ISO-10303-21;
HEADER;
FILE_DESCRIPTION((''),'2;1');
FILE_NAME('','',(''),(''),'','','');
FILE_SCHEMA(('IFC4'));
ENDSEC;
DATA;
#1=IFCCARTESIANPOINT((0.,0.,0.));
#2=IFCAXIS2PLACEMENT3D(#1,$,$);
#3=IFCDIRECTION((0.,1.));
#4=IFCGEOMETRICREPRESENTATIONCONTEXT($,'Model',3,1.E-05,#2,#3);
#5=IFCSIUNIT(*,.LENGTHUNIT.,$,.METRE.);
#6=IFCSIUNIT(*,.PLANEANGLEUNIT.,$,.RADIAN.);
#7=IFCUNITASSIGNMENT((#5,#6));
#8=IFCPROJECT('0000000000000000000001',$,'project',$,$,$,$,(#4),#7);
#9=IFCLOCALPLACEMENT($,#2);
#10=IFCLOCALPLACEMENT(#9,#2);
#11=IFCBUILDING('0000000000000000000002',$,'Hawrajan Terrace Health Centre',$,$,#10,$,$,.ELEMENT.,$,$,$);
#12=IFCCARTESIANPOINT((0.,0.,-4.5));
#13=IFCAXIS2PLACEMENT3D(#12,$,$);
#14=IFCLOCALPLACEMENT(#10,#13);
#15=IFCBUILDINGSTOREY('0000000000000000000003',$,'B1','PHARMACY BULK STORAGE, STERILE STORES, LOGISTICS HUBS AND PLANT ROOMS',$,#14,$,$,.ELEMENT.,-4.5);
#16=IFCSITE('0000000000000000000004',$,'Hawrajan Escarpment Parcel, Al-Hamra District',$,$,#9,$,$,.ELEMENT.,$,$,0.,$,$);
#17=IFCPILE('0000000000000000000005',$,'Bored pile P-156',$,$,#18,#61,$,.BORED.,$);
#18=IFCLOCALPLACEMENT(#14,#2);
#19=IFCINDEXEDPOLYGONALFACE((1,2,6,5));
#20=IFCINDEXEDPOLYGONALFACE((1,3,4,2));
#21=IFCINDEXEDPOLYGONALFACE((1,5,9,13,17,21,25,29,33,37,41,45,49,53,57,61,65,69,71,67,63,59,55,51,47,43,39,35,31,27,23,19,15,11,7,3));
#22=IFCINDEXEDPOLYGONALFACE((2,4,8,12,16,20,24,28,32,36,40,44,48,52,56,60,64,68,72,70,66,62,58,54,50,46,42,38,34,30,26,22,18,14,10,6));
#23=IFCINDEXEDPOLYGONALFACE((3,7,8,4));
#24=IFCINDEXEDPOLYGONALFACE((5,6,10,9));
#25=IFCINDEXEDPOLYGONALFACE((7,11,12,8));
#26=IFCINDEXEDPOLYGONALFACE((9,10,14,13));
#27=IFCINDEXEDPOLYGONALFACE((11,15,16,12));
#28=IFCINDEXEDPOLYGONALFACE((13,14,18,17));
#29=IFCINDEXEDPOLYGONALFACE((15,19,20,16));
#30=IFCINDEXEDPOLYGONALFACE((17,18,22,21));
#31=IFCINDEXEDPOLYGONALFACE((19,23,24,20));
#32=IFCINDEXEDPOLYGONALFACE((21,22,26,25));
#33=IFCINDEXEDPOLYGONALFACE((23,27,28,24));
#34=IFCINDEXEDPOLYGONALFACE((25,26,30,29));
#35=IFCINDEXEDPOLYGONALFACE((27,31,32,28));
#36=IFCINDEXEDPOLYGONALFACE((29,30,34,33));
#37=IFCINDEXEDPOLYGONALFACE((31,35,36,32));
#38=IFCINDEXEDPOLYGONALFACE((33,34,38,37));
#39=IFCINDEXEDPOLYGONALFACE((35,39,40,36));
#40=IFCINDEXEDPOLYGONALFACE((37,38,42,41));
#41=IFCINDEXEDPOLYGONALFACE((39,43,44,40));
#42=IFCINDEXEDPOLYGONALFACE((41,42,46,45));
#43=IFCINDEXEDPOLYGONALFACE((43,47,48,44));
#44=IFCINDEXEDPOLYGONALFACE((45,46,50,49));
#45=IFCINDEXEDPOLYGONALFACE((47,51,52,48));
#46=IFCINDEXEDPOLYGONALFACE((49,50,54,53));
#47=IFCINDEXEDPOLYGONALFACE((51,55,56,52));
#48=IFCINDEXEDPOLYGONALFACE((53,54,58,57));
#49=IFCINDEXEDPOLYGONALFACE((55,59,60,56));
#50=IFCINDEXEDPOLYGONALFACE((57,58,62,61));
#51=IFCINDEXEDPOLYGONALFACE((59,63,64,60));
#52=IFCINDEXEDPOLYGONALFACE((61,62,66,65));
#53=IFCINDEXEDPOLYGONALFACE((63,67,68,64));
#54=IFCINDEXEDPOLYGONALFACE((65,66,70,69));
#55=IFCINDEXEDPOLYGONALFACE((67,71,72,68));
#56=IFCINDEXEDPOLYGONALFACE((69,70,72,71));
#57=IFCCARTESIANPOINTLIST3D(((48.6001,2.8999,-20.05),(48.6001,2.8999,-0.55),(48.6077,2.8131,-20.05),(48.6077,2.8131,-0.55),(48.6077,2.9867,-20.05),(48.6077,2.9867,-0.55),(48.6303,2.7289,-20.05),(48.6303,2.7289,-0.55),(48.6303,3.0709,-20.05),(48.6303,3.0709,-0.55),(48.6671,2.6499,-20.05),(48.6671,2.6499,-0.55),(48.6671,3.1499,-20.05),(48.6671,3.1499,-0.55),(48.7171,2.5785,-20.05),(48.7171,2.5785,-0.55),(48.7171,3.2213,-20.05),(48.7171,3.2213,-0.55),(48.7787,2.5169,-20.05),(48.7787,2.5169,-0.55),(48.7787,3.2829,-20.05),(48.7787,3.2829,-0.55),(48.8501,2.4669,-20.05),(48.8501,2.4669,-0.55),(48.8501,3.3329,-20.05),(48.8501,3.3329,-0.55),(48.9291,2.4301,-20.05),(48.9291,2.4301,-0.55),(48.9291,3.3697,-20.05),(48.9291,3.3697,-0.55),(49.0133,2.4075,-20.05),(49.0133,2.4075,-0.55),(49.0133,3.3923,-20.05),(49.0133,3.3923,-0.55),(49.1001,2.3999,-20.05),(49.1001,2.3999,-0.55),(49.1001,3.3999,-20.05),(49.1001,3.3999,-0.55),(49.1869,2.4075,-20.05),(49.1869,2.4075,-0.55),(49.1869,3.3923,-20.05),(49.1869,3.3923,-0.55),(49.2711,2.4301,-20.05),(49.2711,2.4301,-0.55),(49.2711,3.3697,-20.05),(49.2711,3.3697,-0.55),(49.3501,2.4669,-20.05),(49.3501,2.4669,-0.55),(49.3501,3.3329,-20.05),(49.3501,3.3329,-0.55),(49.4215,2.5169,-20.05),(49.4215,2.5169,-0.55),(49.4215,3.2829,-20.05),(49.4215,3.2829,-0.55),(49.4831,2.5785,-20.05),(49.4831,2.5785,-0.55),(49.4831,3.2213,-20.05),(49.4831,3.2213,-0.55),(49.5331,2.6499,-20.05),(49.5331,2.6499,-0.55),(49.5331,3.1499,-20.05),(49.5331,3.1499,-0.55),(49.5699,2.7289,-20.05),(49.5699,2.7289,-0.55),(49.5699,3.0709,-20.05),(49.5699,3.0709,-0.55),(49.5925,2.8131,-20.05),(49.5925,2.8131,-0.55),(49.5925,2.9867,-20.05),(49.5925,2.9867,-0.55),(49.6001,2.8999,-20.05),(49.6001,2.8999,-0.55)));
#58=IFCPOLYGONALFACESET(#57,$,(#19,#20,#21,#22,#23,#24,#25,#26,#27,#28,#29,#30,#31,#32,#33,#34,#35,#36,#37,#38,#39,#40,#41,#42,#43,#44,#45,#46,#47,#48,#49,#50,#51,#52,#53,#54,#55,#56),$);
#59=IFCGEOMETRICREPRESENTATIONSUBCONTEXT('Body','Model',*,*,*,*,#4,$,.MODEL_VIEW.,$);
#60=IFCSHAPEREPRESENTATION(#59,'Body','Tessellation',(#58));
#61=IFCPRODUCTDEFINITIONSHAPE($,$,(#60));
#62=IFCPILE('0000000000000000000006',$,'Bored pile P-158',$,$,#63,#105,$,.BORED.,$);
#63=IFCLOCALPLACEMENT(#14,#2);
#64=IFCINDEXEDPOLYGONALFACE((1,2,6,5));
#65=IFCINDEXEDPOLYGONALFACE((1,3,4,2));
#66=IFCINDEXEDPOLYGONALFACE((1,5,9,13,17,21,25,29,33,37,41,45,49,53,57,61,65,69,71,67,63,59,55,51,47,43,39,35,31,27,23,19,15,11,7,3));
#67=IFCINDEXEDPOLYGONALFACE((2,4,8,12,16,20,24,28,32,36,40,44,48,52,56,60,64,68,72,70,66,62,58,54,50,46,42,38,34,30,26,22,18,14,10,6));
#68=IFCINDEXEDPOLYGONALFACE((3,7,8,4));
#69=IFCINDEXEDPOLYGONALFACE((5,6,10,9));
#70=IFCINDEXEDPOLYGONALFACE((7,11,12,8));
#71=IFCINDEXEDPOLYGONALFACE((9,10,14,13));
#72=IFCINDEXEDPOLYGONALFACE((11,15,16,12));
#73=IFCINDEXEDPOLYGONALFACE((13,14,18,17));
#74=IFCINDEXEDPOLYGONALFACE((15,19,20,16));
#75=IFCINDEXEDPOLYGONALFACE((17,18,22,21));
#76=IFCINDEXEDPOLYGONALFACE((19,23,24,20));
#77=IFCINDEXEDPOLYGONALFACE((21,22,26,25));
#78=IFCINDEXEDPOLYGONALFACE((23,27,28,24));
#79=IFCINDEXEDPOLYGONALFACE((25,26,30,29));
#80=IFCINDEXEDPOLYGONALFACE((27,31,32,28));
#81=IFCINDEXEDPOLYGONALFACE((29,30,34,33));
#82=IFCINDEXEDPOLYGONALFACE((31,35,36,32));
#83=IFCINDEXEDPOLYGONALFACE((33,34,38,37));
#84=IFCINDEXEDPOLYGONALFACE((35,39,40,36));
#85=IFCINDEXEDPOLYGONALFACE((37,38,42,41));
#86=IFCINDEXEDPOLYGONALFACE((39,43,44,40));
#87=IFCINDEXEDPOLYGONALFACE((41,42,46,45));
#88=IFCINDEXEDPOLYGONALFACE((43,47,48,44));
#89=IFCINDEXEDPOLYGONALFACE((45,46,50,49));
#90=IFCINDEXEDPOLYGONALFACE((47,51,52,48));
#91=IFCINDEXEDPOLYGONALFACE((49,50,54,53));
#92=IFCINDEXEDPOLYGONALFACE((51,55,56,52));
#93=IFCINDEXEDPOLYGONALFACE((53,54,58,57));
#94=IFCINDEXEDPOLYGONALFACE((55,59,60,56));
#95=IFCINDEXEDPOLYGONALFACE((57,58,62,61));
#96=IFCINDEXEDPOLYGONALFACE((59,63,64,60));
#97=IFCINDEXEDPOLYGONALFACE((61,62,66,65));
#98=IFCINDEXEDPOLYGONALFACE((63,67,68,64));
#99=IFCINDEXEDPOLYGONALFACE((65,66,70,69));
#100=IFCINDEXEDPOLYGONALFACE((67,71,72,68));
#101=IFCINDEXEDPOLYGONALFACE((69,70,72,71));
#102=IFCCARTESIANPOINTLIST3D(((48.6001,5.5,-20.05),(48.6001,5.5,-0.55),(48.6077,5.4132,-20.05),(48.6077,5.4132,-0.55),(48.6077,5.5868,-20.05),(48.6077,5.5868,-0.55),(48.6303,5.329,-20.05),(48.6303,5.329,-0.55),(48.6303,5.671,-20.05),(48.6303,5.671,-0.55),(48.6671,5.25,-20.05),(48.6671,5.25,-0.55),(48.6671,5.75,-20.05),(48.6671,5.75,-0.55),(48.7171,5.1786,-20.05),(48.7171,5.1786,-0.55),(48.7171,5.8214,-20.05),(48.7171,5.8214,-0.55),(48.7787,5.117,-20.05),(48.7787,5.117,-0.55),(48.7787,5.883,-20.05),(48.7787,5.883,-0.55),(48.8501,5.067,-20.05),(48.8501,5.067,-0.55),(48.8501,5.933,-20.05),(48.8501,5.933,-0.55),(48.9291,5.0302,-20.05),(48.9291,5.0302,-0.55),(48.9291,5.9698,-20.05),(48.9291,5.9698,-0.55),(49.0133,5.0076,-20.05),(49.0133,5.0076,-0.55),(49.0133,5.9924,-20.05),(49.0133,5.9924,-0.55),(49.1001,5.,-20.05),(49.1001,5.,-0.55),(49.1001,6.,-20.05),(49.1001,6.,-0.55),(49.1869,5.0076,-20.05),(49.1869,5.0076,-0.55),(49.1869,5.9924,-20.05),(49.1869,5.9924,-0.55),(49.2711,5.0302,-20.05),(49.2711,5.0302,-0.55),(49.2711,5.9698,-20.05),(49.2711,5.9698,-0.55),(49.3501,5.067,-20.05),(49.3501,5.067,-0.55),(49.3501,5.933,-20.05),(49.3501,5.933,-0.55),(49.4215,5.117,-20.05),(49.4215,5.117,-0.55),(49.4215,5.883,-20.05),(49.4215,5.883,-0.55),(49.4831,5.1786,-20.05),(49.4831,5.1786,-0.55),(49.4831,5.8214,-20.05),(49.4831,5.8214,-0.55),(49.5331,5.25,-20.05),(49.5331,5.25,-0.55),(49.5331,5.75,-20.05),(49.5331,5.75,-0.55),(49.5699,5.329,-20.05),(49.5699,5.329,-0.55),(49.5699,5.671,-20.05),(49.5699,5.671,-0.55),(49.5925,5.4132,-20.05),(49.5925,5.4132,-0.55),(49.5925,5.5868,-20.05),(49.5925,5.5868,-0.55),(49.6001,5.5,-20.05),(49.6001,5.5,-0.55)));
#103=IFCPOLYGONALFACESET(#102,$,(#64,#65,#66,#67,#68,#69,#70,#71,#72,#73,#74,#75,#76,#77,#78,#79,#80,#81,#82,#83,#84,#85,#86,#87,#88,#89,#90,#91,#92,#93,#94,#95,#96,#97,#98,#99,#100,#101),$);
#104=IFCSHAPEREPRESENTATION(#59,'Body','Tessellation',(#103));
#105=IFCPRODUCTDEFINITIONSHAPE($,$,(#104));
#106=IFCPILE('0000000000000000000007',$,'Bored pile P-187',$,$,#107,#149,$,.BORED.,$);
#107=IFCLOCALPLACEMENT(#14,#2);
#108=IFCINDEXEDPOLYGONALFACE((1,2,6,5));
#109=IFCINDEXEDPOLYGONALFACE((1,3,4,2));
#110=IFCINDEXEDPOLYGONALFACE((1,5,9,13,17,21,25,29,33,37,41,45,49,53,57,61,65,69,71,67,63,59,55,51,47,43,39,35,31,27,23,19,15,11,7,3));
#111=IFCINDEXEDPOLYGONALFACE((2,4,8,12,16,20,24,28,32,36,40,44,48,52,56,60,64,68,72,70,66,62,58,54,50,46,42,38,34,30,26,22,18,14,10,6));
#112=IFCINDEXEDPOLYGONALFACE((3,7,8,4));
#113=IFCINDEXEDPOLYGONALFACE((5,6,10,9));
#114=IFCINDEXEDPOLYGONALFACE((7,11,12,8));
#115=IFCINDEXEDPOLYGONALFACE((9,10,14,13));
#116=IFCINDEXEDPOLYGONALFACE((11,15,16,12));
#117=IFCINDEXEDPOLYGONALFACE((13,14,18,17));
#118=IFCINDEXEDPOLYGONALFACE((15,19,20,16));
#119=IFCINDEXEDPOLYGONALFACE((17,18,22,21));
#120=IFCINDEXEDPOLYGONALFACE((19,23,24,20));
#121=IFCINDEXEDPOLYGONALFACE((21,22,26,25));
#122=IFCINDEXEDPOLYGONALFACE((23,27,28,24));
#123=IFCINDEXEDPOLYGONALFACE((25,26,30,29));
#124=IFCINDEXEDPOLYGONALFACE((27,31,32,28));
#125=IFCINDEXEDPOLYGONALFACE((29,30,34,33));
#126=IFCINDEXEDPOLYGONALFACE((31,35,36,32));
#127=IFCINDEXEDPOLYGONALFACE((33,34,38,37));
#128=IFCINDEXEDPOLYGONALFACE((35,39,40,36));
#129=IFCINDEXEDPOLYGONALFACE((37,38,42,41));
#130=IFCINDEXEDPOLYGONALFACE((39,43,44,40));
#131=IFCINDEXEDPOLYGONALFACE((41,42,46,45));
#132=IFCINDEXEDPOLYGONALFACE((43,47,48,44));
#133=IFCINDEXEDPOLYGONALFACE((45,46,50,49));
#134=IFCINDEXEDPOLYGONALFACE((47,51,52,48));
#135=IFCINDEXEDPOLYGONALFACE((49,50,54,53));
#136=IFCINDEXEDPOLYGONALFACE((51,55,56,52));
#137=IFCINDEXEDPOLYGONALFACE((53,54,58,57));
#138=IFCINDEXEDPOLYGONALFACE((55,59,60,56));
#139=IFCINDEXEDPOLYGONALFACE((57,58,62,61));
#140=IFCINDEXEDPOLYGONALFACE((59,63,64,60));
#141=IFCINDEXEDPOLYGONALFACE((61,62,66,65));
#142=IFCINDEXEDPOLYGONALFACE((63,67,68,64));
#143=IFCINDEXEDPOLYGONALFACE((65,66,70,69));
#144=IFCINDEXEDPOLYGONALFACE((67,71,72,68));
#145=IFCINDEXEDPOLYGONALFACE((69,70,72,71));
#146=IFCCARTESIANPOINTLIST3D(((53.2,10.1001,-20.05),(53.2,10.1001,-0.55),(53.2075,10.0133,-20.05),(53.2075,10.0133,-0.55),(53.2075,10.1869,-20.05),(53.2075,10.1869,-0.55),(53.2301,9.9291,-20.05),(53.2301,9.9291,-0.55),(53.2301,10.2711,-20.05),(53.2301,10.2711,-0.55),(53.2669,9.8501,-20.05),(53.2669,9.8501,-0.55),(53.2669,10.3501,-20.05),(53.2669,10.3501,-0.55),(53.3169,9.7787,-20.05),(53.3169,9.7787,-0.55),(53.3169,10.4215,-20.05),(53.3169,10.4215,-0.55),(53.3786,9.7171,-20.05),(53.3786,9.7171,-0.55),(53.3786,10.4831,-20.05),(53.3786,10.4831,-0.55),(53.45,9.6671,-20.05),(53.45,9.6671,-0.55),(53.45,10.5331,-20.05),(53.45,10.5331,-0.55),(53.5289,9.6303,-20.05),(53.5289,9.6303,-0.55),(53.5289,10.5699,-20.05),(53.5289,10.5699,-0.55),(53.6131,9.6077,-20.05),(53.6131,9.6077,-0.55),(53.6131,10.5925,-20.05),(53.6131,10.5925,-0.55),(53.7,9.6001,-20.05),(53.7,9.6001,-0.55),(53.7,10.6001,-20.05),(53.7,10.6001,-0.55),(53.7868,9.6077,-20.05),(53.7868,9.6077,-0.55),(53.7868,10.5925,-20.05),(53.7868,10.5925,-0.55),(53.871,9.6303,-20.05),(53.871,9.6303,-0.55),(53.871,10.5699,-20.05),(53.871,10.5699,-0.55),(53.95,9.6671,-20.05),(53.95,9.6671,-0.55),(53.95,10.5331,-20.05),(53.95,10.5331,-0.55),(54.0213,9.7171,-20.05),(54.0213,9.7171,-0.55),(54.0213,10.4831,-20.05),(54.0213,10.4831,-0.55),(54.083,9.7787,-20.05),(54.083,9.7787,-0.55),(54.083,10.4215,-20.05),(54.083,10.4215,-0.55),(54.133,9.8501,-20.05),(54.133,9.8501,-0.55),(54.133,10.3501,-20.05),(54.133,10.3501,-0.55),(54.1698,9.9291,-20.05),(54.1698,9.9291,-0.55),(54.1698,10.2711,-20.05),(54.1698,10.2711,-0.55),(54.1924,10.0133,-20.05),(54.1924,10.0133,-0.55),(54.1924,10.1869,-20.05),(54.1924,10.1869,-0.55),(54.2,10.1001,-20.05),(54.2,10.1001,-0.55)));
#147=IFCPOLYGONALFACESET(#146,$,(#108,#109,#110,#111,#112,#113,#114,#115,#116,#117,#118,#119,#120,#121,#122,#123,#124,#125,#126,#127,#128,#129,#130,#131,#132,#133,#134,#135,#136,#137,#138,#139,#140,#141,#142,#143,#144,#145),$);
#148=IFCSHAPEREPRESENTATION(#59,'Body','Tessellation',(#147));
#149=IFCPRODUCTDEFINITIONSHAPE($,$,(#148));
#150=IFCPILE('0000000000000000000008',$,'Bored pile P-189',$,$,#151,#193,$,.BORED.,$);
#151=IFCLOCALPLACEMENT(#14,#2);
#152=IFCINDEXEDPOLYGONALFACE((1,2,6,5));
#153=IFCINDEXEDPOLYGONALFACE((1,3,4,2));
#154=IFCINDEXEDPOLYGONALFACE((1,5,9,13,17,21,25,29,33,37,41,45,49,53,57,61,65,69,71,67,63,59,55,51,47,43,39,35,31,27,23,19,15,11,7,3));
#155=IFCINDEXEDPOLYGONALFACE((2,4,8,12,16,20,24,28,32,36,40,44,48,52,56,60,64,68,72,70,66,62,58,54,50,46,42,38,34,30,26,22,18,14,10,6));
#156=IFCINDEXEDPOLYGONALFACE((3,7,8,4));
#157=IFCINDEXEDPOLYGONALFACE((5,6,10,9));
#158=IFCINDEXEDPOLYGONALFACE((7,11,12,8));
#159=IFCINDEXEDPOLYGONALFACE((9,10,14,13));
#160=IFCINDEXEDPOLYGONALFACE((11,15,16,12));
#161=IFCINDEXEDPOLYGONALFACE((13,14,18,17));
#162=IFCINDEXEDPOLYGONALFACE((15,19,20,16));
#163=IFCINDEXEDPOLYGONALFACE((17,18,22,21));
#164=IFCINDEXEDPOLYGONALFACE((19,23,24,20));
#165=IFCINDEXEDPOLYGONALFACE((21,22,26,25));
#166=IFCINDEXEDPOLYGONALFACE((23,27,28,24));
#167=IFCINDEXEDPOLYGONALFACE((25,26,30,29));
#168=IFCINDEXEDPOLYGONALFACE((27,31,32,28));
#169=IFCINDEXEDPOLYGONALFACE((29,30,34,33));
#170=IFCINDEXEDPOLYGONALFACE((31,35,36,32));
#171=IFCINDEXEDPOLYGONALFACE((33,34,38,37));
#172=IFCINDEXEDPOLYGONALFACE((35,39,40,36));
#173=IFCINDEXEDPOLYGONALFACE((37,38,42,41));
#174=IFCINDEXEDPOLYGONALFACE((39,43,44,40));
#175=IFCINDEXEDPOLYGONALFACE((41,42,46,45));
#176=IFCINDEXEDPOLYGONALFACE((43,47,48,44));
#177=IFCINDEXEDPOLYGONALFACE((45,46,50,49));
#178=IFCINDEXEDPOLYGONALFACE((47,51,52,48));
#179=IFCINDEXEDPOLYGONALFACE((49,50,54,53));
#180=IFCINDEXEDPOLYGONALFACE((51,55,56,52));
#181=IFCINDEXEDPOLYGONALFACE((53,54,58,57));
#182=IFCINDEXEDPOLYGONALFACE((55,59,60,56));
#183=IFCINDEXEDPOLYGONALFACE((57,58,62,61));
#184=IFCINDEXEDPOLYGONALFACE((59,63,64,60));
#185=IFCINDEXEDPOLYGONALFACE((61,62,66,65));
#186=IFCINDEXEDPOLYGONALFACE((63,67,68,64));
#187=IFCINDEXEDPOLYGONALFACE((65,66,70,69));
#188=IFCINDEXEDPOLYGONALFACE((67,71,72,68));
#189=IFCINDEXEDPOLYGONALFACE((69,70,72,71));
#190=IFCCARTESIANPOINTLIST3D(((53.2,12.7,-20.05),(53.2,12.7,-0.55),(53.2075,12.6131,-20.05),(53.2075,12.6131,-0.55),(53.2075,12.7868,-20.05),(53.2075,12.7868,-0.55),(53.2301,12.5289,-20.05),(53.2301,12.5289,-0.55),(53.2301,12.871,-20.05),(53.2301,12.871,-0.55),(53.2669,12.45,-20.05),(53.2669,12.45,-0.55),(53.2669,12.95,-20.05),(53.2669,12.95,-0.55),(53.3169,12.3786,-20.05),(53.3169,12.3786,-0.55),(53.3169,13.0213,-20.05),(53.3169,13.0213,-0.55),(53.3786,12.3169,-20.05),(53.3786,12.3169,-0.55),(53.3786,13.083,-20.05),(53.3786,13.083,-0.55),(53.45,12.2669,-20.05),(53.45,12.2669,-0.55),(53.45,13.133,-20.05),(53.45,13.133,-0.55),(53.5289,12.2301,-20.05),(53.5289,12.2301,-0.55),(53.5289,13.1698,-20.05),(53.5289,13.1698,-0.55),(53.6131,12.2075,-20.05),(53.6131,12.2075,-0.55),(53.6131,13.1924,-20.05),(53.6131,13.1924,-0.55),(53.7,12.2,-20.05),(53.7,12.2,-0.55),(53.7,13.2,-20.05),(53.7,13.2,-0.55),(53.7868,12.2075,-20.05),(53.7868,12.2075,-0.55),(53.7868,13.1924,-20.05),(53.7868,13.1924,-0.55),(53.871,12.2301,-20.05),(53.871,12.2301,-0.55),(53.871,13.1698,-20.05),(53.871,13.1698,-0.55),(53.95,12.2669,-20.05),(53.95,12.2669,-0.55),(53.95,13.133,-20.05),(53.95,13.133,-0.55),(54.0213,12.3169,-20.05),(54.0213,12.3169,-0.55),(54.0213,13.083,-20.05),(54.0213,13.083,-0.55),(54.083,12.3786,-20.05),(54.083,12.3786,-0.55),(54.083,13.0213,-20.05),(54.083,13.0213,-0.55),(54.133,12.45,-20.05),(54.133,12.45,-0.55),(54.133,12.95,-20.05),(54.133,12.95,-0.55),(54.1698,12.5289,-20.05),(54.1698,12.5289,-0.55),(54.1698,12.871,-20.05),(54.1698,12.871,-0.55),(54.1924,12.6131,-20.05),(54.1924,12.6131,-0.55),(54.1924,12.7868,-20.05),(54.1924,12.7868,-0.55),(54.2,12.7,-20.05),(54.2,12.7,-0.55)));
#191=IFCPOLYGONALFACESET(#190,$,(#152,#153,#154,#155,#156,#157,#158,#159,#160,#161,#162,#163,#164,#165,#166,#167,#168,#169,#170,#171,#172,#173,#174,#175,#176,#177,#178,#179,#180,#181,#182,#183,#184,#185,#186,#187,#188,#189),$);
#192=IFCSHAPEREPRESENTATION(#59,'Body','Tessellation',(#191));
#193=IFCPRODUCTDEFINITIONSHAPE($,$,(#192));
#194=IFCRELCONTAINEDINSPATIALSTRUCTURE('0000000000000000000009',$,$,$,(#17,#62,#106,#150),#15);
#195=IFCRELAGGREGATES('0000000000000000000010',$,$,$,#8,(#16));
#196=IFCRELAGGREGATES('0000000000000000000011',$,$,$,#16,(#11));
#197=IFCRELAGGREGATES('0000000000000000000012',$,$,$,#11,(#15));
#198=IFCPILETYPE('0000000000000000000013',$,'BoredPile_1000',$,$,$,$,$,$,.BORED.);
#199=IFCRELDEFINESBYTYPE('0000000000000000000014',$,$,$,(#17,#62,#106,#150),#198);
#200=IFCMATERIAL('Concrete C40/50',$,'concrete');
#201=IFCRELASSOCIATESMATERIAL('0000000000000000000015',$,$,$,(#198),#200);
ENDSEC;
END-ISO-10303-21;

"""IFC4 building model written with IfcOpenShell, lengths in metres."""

from ifc_helpers import new_model, si_unit, direction, frame, origin, origin_2d, place, context, subcontext, project, spatial, circle, extrude, material, material_profile, profile_set, type_object, element, save


model = new_model("IFC4")

# Units and contexts
model_context = context("Model", 3, precision=1e-05, world=origin(), true_north=direction((0.0, 1.0)))
body_context = subcontext(model_context, "Body", "Model", "MODEL_VIEW")
ifc_project = project(units=[si_unit("LENGTHUNIT", "METRE"), si_unit("PLANEANGLEUNIT", "RADIAN")], contexts=[model_context])

# Site, building, storey
site_placement = place(None, origin())
site = spatial("IfcSite", under=ifc_project, at=site_placement, Name="Hawrajan Escarpment Parcel, Al-Hamra District", CompositionType="ELEMENT", RefElevation=0.0)
building_placement = place(site_placement, origin())
building = spatial("IfcBuilding", under=site, at=building_placement, Name="Hawrajan Terrace Health Centre", CompositionType="ELEMENT")
storey_placement = place(building_placement, frame((0.0, 0.0, -4.5)))
storey = spatial("IfcBuildingStorey", under=building, at=storey_placement, Name="B1", Description="PHARMACY BULK STORAGE, STERILE STORES, LOGISTICS HUBS AND PLANT ROOMS", CompositionType="ELEMENT", Elevation=-4.5)

# Piles
ifc_material_1 = material(Name="Concrete C40/50", Category="concrete")
ifc_material_profile_1 = material_profile(ifc_material_1, circle(Radius=0.5, at=origin_2d()), Name="BP 1000")
ifc_profile_set_1 = profile_set([ifc_material_profile_1], Name="Concrete C40/50")
pile_type_1 = type_object("IfcPileType", Name="BoredPile_1000", PredefinedType="BORED", material=ifc_profile_set_1)
for number, where, z_axis, x_axis, name in (
    (1, (49.1001, 2.8999, -0.55), (0.0, 0.0, -1.0), (1.0, 0.0, 0.0), "Bored pile P-156"),
    (2, (49.1001, 5.5, -0.55), (0.0, 0.0, -1.0), (1.0, 0.0, 0.0), "Bored pile P-158"),
    (3, (53.7, 10.1001, -0.55), (0.0, 0.0, -1.0), (1.0, 0.0, 0.0), "Bored pile P-187"),
    (4, (53.7, 12.7, -0.55), (0.0, 0.0, -1.0), (1.0, 0.0, 0.0), "Bored pile P-189"),
):
    element("IfcPile", number, at=place(storey_placement, frame(where, z_axis=z_axis, x_axis=x_axis)), inside=storey, type_object=pile_type_1, Name=name, PredefinedType="BORED", context=body_context, shape_type="SweptSolid", body=[
        extrude(circle(Radius=0.5, at=origin_2d()), origin(), (0.0, 0.0, 1.0), 19.5),
    ])

save(model, "model.ifc")
